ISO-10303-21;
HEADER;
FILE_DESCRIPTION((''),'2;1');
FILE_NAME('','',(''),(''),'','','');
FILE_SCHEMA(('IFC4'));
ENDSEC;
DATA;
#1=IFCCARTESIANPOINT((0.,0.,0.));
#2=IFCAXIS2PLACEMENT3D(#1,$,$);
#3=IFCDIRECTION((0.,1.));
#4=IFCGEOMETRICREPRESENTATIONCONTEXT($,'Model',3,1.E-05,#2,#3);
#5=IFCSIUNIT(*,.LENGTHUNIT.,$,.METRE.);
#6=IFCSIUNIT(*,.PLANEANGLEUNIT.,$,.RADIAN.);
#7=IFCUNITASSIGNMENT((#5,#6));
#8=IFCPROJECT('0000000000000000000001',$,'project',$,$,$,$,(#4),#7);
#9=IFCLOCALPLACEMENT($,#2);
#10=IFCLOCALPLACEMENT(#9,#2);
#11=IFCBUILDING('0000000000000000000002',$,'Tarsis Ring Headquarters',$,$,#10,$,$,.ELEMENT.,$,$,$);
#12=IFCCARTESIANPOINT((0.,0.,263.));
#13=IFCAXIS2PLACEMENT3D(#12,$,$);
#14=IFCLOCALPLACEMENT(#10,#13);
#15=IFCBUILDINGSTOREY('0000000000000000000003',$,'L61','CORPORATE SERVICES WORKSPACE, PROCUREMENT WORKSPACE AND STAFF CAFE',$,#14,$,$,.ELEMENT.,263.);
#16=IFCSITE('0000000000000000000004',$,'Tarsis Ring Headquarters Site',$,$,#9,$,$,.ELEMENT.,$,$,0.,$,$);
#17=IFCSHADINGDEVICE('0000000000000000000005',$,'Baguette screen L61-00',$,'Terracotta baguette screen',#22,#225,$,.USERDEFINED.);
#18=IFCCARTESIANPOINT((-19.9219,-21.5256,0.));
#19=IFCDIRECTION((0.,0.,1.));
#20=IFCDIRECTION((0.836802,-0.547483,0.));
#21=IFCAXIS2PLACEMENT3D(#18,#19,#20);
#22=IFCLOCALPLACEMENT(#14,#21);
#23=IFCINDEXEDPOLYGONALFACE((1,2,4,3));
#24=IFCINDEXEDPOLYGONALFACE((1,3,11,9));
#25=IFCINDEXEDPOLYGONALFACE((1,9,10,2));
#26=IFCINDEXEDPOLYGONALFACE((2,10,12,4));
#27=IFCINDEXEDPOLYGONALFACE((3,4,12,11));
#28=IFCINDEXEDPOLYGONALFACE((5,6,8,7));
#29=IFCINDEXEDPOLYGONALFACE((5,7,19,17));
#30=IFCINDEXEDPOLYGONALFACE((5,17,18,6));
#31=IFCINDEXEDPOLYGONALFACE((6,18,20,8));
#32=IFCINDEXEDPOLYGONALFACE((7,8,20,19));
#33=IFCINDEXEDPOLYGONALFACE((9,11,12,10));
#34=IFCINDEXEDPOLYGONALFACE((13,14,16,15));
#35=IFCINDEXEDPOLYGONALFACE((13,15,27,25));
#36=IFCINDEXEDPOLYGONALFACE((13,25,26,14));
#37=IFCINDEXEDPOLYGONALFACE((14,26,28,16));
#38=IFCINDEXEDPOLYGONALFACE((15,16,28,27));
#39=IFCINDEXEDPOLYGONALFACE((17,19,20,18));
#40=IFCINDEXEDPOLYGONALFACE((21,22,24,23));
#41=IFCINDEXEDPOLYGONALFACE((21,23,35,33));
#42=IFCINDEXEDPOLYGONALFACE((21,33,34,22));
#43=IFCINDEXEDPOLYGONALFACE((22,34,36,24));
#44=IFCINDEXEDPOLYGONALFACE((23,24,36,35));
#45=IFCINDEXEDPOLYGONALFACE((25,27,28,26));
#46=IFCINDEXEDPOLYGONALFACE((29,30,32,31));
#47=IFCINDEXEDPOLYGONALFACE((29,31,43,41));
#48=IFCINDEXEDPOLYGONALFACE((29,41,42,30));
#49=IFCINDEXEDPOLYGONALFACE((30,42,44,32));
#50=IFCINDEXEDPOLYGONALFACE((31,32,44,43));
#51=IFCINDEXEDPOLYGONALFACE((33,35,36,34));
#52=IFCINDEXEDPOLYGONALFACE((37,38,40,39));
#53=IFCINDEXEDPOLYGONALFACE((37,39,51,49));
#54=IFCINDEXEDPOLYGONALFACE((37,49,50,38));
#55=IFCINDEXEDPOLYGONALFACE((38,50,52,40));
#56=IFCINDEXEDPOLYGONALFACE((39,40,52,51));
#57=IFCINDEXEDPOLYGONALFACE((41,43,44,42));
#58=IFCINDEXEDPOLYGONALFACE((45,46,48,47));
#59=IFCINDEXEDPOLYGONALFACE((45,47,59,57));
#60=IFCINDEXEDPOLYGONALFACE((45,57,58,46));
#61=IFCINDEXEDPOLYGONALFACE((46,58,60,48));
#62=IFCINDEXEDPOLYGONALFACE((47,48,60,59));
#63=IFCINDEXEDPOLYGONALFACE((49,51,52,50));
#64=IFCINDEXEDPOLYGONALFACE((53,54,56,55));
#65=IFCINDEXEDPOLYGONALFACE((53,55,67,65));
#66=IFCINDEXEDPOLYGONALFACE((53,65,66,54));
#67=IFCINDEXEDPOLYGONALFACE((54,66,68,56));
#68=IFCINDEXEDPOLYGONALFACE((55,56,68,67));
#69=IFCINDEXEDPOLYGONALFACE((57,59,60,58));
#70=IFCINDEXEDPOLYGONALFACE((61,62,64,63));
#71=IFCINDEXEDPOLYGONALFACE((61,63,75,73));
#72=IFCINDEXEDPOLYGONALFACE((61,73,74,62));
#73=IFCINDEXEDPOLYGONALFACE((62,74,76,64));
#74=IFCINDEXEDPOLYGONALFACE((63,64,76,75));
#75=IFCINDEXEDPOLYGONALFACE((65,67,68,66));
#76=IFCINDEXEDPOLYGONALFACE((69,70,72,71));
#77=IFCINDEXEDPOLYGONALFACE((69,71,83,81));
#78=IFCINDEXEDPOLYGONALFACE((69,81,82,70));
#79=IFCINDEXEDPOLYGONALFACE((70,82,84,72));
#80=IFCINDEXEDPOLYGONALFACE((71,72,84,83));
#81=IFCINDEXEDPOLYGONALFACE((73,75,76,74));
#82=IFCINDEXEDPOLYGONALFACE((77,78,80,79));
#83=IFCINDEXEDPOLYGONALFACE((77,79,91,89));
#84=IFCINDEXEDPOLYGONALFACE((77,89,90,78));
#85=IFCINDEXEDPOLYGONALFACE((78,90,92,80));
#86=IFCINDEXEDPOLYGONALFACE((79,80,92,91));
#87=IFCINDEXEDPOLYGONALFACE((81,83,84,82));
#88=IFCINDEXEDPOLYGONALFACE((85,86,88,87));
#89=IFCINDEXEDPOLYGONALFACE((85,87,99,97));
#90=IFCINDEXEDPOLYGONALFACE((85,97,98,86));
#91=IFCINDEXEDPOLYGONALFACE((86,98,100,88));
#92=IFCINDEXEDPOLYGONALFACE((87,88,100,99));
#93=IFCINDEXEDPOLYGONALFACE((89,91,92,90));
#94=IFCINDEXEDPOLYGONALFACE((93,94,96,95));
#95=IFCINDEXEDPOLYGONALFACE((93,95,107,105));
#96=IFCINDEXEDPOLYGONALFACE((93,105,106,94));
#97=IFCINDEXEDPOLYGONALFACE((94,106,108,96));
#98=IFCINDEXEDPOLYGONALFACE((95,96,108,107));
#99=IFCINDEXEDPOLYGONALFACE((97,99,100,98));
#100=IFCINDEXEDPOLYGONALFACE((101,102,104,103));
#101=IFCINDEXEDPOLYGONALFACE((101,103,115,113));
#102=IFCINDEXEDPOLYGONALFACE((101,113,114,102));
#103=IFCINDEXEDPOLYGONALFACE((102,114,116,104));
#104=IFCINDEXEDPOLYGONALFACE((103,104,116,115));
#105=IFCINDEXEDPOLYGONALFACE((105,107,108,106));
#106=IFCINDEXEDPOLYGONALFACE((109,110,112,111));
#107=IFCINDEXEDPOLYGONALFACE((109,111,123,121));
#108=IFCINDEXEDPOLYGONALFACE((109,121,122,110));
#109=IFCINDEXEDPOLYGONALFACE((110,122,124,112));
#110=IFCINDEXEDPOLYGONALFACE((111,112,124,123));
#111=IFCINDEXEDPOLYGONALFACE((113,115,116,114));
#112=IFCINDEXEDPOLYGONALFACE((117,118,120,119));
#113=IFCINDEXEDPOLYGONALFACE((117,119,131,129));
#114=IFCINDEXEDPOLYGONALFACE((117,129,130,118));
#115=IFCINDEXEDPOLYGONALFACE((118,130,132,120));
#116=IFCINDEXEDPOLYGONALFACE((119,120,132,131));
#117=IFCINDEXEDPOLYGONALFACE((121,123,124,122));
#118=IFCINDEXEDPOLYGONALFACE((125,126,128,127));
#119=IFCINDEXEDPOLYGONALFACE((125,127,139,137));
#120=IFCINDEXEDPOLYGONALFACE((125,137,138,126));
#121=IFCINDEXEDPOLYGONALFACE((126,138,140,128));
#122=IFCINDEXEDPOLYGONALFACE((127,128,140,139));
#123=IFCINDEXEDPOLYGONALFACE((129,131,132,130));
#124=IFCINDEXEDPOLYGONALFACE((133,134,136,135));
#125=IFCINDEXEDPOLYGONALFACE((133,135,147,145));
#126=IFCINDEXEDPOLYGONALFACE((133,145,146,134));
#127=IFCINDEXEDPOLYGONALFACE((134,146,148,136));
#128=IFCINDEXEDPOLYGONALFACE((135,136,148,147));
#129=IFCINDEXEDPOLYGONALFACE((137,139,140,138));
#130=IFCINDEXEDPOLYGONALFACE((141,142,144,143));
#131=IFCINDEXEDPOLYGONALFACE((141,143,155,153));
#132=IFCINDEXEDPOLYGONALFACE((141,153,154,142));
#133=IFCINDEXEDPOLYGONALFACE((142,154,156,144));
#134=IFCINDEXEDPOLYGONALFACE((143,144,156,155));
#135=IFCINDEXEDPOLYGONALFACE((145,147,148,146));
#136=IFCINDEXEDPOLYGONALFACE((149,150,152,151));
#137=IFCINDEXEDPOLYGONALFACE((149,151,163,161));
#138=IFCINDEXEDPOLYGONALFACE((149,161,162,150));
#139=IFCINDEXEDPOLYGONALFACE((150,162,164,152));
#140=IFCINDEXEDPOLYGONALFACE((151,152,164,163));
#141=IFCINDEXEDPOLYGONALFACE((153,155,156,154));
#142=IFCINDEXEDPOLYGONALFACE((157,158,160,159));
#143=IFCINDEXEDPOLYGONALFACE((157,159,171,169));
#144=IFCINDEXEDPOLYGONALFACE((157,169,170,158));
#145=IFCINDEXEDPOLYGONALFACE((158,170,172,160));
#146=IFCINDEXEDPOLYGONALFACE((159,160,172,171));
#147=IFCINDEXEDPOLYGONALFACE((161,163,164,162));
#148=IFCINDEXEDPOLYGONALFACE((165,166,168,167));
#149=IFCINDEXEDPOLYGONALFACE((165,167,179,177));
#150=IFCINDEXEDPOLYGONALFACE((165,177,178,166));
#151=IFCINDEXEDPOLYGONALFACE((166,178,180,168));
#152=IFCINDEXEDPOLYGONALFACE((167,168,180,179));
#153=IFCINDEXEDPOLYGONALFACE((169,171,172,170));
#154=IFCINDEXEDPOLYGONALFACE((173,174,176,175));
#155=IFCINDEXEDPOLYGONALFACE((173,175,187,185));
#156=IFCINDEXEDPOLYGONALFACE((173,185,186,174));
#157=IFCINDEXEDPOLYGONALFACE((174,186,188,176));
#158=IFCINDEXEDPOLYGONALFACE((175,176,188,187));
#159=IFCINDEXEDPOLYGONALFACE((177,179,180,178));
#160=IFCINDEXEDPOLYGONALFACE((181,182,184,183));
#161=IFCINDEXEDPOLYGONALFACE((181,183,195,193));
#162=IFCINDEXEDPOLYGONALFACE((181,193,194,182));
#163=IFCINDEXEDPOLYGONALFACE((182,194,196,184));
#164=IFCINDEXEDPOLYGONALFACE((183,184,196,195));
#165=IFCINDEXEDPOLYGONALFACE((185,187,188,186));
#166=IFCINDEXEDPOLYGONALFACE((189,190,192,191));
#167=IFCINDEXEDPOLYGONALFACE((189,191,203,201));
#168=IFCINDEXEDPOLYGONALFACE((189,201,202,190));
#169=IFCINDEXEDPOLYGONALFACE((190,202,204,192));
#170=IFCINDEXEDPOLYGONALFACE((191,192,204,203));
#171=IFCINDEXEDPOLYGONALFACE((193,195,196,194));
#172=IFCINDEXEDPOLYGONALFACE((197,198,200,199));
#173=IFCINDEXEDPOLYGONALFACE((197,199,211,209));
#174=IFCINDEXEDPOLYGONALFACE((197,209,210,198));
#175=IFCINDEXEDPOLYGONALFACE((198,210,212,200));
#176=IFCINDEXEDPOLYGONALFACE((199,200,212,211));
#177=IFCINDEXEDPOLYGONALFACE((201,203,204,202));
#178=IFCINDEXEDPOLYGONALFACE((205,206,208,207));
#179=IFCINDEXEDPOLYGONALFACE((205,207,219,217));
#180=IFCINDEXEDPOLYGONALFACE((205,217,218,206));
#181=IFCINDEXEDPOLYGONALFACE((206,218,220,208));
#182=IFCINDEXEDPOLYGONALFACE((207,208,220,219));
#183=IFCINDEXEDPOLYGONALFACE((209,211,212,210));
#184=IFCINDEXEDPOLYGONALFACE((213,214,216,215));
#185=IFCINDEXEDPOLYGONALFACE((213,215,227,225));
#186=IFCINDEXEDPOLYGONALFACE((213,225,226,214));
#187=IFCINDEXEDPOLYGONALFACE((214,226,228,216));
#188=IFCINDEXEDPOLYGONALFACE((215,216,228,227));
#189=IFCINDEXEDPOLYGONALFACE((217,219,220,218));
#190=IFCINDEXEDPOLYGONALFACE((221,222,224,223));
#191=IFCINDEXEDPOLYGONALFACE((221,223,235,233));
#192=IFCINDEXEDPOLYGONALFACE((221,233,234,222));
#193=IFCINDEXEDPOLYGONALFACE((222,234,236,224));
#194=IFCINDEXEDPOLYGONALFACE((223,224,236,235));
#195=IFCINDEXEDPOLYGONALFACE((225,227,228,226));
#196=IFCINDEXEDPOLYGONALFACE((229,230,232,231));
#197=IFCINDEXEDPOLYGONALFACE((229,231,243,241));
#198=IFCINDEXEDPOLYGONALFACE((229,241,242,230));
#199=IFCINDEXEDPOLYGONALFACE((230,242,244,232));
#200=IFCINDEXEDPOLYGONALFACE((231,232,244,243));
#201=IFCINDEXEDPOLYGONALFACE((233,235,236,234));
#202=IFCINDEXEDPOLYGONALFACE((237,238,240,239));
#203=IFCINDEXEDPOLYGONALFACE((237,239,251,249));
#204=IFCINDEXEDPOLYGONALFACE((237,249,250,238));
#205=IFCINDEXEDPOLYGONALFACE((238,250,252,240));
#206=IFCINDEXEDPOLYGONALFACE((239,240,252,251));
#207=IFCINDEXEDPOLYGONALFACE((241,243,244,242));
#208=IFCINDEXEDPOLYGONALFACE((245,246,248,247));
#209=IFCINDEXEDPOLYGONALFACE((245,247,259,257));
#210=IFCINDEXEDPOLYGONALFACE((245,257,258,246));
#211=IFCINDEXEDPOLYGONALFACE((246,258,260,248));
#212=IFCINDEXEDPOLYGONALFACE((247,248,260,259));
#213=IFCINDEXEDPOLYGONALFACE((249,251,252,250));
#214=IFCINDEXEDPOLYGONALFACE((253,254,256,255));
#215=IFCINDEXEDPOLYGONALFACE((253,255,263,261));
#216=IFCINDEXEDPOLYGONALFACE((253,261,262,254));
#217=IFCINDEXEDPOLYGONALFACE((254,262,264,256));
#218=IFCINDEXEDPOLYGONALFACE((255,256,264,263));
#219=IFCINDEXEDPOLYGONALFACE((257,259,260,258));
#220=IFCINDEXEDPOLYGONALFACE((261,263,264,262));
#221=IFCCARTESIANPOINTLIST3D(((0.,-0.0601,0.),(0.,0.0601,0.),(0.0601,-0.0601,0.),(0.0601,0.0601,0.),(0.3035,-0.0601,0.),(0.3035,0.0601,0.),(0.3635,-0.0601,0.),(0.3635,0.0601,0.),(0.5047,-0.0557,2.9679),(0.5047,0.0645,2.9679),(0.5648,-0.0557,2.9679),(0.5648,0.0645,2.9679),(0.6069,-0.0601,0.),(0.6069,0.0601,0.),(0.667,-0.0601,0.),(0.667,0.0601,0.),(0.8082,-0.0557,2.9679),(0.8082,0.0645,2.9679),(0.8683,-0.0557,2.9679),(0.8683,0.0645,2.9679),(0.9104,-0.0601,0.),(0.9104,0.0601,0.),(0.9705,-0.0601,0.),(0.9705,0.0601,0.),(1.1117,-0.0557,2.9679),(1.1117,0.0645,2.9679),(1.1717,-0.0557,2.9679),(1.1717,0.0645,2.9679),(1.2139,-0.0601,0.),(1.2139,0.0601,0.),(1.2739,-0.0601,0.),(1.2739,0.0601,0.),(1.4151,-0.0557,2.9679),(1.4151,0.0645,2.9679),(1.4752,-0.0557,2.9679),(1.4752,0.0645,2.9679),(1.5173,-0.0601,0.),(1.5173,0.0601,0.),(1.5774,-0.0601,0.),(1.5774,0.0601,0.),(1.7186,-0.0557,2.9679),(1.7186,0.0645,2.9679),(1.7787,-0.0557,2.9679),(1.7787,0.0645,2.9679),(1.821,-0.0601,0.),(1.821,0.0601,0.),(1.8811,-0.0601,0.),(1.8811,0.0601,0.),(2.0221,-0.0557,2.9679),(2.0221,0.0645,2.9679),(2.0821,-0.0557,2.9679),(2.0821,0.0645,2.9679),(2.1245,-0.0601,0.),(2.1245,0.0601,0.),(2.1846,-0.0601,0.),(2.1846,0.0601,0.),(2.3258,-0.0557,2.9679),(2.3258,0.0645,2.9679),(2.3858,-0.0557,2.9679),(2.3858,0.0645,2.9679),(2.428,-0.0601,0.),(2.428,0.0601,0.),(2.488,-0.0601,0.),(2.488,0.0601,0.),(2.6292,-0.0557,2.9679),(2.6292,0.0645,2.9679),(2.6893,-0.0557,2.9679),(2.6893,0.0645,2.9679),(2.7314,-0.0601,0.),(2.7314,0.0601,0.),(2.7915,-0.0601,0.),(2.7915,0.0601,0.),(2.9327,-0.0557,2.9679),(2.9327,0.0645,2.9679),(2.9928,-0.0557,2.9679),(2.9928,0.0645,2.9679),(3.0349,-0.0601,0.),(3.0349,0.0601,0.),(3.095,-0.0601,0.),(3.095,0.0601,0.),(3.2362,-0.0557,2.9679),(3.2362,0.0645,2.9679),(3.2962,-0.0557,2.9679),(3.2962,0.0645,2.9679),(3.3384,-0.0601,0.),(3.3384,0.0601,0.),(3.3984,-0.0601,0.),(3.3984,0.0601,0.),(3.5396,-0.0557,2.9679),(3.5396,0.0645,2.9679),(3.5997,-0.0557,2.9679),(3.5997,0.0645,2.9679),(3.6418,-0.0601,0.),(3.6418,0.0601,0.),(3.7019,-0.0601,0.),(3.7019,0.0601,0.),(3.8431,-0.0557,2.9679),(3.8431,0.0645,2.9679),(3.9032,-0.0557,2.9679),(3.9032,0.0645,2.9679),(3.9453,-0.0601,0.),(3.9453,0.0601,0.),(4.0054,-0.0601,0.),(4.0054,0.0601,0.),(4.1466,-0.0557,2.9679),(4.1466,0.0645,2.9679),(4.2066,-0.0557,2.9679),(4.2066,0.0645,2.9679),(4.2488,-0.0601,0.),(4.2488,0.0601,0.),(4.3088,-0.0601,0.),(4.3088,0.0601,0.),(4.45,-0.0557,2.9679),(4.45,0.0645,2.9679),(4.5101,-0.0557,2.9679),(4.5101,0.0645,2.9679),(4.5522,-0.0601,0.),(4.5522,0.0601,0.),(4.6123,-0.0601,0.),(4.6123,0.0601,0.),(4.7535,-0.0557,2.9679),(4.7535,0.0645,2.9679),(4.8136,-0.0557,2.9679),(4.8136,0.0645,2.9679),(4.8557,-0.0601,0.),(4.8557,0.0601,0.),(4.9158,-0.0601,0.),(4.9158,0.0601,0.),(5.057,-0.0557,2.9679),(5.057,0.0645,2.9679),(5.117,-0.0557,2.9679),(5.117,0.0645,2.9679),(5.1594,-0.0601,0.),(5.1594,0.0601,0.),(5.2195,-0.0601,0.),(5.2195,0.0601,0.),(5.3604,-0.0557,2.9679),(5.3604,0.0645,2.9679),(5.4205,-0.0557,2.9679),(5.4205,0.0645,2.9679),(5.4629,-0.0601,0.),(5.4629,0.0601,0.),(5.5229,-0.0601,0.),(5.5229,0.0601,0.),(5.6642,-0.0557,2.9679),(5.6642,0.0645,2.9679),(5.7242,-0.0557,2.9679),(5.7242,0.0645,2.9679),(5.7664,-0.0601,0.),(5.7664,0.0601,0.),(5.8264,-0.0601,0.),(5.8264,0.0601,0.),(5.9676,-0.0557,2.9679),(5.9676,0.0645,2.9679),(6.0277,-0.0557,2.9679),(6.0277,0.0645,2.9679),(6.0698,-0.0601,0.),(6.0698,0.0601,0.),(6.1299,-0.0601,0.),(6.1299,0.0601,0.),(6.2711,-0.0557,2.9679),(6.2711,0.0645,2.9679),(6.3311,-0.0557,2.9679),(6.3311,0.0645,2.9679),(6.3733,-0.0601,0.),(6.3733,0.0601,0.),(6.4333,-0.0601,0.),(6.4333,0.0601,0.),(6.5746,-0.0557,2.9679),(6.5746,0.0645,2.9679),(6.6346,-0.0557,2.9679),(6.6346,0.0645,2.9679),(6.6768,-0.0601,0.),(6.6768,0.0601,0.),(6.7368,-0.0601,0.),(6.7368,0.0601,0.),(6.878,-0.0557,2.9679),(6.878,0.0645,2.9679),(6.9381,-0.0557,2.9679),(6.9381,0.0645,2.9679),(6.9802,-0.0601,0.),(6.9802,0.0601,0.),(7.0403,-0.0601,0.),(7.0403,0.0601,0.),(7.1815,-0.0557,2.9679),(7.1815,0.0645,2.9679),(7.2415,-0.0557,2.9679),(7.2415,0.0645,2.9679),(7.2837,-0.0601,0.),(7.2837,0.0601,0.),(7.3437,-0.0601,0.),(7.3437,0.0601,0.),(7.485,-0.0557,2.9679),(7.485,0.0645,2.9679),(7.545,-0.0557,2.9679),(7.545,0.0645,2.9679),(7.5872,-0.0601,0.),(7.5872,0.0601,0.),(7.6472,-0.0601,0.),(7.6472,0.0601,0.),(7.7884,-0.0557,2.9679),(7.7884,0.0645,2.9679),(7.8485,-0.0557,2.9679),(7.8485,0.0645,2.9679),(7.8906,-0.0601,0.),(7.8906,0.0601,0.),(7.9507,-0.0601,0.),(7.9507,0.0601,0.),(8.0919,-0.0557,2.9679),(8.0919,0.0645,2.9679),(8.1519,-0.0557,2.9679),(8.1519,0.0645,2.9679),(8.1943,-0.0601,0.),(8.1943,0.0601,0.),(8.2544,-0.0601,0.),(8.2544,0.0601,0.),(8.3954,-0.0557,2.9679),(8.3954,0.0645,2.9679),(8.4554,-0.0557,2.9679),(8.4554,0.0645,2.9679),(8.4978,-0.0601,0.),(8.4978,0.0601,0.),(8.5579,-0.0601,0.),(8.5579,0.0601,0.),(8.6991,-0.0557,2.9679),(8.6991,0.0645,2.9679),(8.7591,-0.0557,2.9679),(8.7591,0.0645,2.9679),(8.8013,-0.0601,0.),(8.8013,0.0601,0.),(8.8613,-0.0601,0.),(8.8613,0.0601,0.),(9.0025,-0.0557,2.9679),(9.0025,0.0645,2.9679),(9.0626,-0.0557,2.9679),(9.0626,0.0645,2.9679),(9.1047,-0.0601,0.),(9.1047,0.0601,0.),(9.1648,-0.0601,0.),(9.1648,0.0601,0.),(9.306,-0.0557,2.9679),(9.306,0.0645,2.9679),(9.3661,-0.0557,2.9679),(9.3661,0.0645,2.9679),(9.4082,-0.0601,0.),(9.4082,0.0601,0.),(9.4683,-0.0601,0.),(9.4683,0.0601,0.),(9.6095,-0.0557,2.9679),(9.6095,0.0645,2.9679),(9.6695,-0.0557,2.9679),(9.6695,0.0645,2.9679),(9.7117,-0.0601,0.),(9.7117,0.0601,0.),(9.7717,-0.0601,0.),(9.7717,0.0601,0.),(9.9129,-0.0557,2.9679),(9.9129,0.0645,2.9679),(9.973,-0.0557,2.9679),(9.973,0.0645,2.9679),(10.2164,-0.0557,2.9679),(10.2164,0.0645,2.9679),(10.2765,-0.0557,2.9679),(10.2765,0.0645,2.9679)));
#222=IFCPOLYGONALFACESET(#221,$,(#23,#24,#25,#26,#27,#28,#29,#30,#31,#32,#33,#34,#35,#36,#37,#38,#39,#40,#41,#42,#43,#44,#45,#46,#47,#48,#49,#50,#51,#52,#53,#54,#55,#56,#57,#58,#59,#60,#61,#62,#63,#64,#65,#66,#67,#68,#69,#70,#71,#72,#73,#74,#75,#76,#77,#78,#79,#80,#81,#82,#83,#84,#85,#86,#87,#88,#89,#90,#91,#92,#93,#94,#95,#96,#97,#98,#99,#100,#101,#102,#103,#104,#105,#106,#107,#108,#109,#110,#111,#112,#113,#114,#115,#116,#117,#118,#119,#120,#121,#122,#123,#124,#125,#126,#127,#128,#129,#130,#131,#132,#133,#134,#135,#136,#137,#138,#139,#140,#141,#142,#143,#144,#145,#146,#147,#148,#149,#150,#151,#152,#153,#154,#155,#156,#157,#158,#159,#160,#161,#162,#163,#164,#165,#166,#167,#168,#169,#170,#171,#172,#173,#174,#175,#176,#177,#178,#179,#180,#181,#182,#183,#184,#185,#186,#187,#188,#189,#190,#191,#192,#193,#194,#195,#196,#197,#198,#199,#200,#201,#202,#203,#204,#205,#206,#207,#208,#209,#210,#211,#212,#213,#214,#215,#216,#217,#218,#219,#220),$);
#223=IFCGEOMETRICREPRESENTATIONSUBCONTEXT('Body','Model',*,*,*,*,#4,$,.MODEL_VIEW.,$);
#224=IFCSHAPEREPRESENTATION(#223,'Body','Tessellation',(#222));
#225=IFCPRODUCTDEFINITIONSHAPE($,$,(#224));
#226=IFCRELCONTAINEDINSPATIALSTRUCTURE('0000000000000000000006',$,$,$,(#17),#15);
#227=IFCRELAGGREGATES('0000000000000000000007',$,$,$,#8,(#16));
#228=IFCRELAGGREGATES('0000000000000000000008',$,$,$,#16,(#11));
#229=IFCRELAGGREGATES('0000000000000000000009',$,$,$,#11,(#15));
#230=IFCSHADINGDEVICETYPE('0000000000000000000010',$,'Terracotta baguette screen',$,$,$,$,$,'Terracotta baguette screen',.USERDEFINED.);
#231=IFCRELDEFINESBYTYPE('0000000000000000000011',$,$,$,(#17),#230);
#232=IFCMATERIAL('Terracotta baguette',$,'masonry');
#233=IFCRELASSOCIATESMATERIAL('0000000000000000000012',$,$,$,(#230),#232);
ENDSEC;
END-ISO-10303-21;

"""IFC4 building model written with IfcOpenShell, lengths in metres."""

from ifc_helpers import new_model, si_unit, direction, frame, frame_2d, origin, place, context, subcontext, project, spatial, rectangle, composite_profile, extrude, material, type_object, element, save


model = new_model("IFC4")

# Units and contexts
model_context = context("Model", 3, precision=1e-05, world=origin(), true_north=direction((0.0, 1.0)))
body_context = subcontext(model_context, "Body", "Model", "MODEL_VIEW")
ifc_project = project(units=[si_unit("LENGTHUNIT", "METRE"), si_unit("PLANEANGLEUNIT", "RADIAN")], contexts=[model_context])

# Site, building, storey
site_placement = place(None, origin())
site = spatial("IfcSite", under=ifc_project, at=site_placement, Name="Tarsis Ring Headquarters Site", CompositionType="ELEMENT", RefElevation=0.0)
building_placement = place(site_placement, origin())
building = spatial("IfcBuilding", under=site, at=building_placement, Name="Tarsis Ring Headquarters", CompositionType="ELEMENT")
storey_placement = place(building_placement, frame((0.0, 0.0, 263.0)))
storey = spatial("IfcBuildingStorey", under=building, at=storey_placement, Name="L61", Description="CORPORATE SERVICES WORKSPACE, PROCUREMENT WORKSPACE AND STAFF CAFE", CompositionType="ELEMENT", Elevation=263.0)

# Shading device
ifc_material_1 = material(Name="Terracotta baguette", Category="masonry")
shading_device_type = type_object("IfcShadingDeviceType", Name="Terracotta baguette screen", ElementType="Terracotta baguette screen", PredefinedType="USERDEFINED", material=ifc_material_1)
shading_device_placement = place(storey_placement, frame((-19.9219, -21.5256, 0.0), z_axis=(0.0, 0.0, 1.0), x_axis=(0.836802, -0.547483, 0.0)))
element("IfcShadingDevice", 1, at=shading_device_placement, inside=storey, type_object=shading_device_type, Name="Baguette screen L61-00", ObjectType="Terracotta baguette screen", PredefinedType="USERDEFINED", context=body_context, shape_type="SweptSolid", body=[
    extrude(composite_profile([rectangle(XDim=0.0601, YDim=0.1201, at=frame_2d((0.03, 0.0))), rectangle(XDim=0.0601, YDim=0.1201, at=frame_2d((0.3335, 0.0))), rectangle(XDim=0.0601, YDim=0.1201, at=frame_2d((0.637, 0.0))), rectangle(XDim=0.0601, YDim=0.1201, at=frame_2d((0.9404, 0.0))), rectangle(XDim=0.0601, YDim=0.1201, at=frame_2d((1.2439, 0.0))), rectangle(XDim=0.0601, YDim=0.1201, at=frame_2d((1.5474, 0.0))), rectangle(XDim=0.0601, YDim=0.1201, at=frame_2d((1.8511, 0.0))), rectangle(XDim=0.0601, YDim=0.1201, at=frame_2d((2.1545, 0.0))), rectangle(XDim=0.0601, YDim=0.1201, at=frame_2d((2.458, 0.0))), rectangle(XDim=0.0601, YDim=0.1201, at=frame_2d((2.7615, 0.0))), rectangle(XDim=0.0601, YDim=0.1201, at=frame_2d((3.0649, 0.0))), rectangle(XDim=0.0601, YDim=0.1201, at=frame_2d((3.3684, 0.0))), rectangle(XDim=0.0601, YDim=0.1201, at=frame_2d((3.6719, 0.0))), rectangle(XDim=0.0601, YDim=0.1201, at=frame_2d((3.9753, 0.0))), rectangle(XDim=0.0601, YDim=0.1201, at=frame_2d((4.2788, 0.0))), rectangle(XDim=0.0601, YDim=0.1201, at=frame_2d((4.5823, 0.0))), rectangle(XDim=0.0601, YDim=0.1201, at=frame_2d((4.8857, 0.0))), rectangle(XDim=0.0601, YDim=0.1201, at=frame_2d((5.1895, 0.0))), rectangle(XDim=0.0601, YDim=0.1201, at=frame_2d((5.4929, 0.0))), rectangle(XDim=0.0601, YDim=0.1201, at=frame_2d((5.7964, 0.0))), rectangle(XDim=0.0601, YDim=0.1201, at=frame_2d((6.0999, 0.0))), rectangle(XDim=0.0601, YDim=0.1201, at=frame_2d((6.4033, 0.0))), rectangle(XDim=0.0601, YDim=0.1201, at=frame_2d((6.7068, 0.0))), rectangle(XDim=0.0601, YDim=0.1201, at=frame_2d((7.0103, 0.0))), rectangle(XDim=0.0601, YDim=0.1201, at=frame_2d((7.3137, 0.0))), rectangle(XDim=0.0601, YDim=0.1201, at=frame_2d((7.6172, 0.0))), rectangle(XDim=0.0601, YDim=0.1201, at=frame_2d((7.9207, 0.0))), rectangle(XDim=0.0601, YDim=0.1201, at=frame_2d((8.2244, 0.0))), rectangle(XDim=0.0601, YDim=0.1201, at=frame_2d((8.5278, 0.0))), rectangle(XDim=0.0601, YDim=0.1201, at=frame_2d((8.8313, 0.0))), rectangle(XDim=0.0601, YDim=0.1201, at=frame_2d((9.1348, 0.0))), rectangle(XDim=0.0601, YDim=0.1201, at=frame_2d((9.4382, 0.0))), rectangle(XDim=0.0601, YDim=0.1201, at=frame_2d((9.7417, 0.0)))]), origin(), (0.167658, 0.001463, 0.985844), 3.0105),
])

save(model, "model.ifc")
